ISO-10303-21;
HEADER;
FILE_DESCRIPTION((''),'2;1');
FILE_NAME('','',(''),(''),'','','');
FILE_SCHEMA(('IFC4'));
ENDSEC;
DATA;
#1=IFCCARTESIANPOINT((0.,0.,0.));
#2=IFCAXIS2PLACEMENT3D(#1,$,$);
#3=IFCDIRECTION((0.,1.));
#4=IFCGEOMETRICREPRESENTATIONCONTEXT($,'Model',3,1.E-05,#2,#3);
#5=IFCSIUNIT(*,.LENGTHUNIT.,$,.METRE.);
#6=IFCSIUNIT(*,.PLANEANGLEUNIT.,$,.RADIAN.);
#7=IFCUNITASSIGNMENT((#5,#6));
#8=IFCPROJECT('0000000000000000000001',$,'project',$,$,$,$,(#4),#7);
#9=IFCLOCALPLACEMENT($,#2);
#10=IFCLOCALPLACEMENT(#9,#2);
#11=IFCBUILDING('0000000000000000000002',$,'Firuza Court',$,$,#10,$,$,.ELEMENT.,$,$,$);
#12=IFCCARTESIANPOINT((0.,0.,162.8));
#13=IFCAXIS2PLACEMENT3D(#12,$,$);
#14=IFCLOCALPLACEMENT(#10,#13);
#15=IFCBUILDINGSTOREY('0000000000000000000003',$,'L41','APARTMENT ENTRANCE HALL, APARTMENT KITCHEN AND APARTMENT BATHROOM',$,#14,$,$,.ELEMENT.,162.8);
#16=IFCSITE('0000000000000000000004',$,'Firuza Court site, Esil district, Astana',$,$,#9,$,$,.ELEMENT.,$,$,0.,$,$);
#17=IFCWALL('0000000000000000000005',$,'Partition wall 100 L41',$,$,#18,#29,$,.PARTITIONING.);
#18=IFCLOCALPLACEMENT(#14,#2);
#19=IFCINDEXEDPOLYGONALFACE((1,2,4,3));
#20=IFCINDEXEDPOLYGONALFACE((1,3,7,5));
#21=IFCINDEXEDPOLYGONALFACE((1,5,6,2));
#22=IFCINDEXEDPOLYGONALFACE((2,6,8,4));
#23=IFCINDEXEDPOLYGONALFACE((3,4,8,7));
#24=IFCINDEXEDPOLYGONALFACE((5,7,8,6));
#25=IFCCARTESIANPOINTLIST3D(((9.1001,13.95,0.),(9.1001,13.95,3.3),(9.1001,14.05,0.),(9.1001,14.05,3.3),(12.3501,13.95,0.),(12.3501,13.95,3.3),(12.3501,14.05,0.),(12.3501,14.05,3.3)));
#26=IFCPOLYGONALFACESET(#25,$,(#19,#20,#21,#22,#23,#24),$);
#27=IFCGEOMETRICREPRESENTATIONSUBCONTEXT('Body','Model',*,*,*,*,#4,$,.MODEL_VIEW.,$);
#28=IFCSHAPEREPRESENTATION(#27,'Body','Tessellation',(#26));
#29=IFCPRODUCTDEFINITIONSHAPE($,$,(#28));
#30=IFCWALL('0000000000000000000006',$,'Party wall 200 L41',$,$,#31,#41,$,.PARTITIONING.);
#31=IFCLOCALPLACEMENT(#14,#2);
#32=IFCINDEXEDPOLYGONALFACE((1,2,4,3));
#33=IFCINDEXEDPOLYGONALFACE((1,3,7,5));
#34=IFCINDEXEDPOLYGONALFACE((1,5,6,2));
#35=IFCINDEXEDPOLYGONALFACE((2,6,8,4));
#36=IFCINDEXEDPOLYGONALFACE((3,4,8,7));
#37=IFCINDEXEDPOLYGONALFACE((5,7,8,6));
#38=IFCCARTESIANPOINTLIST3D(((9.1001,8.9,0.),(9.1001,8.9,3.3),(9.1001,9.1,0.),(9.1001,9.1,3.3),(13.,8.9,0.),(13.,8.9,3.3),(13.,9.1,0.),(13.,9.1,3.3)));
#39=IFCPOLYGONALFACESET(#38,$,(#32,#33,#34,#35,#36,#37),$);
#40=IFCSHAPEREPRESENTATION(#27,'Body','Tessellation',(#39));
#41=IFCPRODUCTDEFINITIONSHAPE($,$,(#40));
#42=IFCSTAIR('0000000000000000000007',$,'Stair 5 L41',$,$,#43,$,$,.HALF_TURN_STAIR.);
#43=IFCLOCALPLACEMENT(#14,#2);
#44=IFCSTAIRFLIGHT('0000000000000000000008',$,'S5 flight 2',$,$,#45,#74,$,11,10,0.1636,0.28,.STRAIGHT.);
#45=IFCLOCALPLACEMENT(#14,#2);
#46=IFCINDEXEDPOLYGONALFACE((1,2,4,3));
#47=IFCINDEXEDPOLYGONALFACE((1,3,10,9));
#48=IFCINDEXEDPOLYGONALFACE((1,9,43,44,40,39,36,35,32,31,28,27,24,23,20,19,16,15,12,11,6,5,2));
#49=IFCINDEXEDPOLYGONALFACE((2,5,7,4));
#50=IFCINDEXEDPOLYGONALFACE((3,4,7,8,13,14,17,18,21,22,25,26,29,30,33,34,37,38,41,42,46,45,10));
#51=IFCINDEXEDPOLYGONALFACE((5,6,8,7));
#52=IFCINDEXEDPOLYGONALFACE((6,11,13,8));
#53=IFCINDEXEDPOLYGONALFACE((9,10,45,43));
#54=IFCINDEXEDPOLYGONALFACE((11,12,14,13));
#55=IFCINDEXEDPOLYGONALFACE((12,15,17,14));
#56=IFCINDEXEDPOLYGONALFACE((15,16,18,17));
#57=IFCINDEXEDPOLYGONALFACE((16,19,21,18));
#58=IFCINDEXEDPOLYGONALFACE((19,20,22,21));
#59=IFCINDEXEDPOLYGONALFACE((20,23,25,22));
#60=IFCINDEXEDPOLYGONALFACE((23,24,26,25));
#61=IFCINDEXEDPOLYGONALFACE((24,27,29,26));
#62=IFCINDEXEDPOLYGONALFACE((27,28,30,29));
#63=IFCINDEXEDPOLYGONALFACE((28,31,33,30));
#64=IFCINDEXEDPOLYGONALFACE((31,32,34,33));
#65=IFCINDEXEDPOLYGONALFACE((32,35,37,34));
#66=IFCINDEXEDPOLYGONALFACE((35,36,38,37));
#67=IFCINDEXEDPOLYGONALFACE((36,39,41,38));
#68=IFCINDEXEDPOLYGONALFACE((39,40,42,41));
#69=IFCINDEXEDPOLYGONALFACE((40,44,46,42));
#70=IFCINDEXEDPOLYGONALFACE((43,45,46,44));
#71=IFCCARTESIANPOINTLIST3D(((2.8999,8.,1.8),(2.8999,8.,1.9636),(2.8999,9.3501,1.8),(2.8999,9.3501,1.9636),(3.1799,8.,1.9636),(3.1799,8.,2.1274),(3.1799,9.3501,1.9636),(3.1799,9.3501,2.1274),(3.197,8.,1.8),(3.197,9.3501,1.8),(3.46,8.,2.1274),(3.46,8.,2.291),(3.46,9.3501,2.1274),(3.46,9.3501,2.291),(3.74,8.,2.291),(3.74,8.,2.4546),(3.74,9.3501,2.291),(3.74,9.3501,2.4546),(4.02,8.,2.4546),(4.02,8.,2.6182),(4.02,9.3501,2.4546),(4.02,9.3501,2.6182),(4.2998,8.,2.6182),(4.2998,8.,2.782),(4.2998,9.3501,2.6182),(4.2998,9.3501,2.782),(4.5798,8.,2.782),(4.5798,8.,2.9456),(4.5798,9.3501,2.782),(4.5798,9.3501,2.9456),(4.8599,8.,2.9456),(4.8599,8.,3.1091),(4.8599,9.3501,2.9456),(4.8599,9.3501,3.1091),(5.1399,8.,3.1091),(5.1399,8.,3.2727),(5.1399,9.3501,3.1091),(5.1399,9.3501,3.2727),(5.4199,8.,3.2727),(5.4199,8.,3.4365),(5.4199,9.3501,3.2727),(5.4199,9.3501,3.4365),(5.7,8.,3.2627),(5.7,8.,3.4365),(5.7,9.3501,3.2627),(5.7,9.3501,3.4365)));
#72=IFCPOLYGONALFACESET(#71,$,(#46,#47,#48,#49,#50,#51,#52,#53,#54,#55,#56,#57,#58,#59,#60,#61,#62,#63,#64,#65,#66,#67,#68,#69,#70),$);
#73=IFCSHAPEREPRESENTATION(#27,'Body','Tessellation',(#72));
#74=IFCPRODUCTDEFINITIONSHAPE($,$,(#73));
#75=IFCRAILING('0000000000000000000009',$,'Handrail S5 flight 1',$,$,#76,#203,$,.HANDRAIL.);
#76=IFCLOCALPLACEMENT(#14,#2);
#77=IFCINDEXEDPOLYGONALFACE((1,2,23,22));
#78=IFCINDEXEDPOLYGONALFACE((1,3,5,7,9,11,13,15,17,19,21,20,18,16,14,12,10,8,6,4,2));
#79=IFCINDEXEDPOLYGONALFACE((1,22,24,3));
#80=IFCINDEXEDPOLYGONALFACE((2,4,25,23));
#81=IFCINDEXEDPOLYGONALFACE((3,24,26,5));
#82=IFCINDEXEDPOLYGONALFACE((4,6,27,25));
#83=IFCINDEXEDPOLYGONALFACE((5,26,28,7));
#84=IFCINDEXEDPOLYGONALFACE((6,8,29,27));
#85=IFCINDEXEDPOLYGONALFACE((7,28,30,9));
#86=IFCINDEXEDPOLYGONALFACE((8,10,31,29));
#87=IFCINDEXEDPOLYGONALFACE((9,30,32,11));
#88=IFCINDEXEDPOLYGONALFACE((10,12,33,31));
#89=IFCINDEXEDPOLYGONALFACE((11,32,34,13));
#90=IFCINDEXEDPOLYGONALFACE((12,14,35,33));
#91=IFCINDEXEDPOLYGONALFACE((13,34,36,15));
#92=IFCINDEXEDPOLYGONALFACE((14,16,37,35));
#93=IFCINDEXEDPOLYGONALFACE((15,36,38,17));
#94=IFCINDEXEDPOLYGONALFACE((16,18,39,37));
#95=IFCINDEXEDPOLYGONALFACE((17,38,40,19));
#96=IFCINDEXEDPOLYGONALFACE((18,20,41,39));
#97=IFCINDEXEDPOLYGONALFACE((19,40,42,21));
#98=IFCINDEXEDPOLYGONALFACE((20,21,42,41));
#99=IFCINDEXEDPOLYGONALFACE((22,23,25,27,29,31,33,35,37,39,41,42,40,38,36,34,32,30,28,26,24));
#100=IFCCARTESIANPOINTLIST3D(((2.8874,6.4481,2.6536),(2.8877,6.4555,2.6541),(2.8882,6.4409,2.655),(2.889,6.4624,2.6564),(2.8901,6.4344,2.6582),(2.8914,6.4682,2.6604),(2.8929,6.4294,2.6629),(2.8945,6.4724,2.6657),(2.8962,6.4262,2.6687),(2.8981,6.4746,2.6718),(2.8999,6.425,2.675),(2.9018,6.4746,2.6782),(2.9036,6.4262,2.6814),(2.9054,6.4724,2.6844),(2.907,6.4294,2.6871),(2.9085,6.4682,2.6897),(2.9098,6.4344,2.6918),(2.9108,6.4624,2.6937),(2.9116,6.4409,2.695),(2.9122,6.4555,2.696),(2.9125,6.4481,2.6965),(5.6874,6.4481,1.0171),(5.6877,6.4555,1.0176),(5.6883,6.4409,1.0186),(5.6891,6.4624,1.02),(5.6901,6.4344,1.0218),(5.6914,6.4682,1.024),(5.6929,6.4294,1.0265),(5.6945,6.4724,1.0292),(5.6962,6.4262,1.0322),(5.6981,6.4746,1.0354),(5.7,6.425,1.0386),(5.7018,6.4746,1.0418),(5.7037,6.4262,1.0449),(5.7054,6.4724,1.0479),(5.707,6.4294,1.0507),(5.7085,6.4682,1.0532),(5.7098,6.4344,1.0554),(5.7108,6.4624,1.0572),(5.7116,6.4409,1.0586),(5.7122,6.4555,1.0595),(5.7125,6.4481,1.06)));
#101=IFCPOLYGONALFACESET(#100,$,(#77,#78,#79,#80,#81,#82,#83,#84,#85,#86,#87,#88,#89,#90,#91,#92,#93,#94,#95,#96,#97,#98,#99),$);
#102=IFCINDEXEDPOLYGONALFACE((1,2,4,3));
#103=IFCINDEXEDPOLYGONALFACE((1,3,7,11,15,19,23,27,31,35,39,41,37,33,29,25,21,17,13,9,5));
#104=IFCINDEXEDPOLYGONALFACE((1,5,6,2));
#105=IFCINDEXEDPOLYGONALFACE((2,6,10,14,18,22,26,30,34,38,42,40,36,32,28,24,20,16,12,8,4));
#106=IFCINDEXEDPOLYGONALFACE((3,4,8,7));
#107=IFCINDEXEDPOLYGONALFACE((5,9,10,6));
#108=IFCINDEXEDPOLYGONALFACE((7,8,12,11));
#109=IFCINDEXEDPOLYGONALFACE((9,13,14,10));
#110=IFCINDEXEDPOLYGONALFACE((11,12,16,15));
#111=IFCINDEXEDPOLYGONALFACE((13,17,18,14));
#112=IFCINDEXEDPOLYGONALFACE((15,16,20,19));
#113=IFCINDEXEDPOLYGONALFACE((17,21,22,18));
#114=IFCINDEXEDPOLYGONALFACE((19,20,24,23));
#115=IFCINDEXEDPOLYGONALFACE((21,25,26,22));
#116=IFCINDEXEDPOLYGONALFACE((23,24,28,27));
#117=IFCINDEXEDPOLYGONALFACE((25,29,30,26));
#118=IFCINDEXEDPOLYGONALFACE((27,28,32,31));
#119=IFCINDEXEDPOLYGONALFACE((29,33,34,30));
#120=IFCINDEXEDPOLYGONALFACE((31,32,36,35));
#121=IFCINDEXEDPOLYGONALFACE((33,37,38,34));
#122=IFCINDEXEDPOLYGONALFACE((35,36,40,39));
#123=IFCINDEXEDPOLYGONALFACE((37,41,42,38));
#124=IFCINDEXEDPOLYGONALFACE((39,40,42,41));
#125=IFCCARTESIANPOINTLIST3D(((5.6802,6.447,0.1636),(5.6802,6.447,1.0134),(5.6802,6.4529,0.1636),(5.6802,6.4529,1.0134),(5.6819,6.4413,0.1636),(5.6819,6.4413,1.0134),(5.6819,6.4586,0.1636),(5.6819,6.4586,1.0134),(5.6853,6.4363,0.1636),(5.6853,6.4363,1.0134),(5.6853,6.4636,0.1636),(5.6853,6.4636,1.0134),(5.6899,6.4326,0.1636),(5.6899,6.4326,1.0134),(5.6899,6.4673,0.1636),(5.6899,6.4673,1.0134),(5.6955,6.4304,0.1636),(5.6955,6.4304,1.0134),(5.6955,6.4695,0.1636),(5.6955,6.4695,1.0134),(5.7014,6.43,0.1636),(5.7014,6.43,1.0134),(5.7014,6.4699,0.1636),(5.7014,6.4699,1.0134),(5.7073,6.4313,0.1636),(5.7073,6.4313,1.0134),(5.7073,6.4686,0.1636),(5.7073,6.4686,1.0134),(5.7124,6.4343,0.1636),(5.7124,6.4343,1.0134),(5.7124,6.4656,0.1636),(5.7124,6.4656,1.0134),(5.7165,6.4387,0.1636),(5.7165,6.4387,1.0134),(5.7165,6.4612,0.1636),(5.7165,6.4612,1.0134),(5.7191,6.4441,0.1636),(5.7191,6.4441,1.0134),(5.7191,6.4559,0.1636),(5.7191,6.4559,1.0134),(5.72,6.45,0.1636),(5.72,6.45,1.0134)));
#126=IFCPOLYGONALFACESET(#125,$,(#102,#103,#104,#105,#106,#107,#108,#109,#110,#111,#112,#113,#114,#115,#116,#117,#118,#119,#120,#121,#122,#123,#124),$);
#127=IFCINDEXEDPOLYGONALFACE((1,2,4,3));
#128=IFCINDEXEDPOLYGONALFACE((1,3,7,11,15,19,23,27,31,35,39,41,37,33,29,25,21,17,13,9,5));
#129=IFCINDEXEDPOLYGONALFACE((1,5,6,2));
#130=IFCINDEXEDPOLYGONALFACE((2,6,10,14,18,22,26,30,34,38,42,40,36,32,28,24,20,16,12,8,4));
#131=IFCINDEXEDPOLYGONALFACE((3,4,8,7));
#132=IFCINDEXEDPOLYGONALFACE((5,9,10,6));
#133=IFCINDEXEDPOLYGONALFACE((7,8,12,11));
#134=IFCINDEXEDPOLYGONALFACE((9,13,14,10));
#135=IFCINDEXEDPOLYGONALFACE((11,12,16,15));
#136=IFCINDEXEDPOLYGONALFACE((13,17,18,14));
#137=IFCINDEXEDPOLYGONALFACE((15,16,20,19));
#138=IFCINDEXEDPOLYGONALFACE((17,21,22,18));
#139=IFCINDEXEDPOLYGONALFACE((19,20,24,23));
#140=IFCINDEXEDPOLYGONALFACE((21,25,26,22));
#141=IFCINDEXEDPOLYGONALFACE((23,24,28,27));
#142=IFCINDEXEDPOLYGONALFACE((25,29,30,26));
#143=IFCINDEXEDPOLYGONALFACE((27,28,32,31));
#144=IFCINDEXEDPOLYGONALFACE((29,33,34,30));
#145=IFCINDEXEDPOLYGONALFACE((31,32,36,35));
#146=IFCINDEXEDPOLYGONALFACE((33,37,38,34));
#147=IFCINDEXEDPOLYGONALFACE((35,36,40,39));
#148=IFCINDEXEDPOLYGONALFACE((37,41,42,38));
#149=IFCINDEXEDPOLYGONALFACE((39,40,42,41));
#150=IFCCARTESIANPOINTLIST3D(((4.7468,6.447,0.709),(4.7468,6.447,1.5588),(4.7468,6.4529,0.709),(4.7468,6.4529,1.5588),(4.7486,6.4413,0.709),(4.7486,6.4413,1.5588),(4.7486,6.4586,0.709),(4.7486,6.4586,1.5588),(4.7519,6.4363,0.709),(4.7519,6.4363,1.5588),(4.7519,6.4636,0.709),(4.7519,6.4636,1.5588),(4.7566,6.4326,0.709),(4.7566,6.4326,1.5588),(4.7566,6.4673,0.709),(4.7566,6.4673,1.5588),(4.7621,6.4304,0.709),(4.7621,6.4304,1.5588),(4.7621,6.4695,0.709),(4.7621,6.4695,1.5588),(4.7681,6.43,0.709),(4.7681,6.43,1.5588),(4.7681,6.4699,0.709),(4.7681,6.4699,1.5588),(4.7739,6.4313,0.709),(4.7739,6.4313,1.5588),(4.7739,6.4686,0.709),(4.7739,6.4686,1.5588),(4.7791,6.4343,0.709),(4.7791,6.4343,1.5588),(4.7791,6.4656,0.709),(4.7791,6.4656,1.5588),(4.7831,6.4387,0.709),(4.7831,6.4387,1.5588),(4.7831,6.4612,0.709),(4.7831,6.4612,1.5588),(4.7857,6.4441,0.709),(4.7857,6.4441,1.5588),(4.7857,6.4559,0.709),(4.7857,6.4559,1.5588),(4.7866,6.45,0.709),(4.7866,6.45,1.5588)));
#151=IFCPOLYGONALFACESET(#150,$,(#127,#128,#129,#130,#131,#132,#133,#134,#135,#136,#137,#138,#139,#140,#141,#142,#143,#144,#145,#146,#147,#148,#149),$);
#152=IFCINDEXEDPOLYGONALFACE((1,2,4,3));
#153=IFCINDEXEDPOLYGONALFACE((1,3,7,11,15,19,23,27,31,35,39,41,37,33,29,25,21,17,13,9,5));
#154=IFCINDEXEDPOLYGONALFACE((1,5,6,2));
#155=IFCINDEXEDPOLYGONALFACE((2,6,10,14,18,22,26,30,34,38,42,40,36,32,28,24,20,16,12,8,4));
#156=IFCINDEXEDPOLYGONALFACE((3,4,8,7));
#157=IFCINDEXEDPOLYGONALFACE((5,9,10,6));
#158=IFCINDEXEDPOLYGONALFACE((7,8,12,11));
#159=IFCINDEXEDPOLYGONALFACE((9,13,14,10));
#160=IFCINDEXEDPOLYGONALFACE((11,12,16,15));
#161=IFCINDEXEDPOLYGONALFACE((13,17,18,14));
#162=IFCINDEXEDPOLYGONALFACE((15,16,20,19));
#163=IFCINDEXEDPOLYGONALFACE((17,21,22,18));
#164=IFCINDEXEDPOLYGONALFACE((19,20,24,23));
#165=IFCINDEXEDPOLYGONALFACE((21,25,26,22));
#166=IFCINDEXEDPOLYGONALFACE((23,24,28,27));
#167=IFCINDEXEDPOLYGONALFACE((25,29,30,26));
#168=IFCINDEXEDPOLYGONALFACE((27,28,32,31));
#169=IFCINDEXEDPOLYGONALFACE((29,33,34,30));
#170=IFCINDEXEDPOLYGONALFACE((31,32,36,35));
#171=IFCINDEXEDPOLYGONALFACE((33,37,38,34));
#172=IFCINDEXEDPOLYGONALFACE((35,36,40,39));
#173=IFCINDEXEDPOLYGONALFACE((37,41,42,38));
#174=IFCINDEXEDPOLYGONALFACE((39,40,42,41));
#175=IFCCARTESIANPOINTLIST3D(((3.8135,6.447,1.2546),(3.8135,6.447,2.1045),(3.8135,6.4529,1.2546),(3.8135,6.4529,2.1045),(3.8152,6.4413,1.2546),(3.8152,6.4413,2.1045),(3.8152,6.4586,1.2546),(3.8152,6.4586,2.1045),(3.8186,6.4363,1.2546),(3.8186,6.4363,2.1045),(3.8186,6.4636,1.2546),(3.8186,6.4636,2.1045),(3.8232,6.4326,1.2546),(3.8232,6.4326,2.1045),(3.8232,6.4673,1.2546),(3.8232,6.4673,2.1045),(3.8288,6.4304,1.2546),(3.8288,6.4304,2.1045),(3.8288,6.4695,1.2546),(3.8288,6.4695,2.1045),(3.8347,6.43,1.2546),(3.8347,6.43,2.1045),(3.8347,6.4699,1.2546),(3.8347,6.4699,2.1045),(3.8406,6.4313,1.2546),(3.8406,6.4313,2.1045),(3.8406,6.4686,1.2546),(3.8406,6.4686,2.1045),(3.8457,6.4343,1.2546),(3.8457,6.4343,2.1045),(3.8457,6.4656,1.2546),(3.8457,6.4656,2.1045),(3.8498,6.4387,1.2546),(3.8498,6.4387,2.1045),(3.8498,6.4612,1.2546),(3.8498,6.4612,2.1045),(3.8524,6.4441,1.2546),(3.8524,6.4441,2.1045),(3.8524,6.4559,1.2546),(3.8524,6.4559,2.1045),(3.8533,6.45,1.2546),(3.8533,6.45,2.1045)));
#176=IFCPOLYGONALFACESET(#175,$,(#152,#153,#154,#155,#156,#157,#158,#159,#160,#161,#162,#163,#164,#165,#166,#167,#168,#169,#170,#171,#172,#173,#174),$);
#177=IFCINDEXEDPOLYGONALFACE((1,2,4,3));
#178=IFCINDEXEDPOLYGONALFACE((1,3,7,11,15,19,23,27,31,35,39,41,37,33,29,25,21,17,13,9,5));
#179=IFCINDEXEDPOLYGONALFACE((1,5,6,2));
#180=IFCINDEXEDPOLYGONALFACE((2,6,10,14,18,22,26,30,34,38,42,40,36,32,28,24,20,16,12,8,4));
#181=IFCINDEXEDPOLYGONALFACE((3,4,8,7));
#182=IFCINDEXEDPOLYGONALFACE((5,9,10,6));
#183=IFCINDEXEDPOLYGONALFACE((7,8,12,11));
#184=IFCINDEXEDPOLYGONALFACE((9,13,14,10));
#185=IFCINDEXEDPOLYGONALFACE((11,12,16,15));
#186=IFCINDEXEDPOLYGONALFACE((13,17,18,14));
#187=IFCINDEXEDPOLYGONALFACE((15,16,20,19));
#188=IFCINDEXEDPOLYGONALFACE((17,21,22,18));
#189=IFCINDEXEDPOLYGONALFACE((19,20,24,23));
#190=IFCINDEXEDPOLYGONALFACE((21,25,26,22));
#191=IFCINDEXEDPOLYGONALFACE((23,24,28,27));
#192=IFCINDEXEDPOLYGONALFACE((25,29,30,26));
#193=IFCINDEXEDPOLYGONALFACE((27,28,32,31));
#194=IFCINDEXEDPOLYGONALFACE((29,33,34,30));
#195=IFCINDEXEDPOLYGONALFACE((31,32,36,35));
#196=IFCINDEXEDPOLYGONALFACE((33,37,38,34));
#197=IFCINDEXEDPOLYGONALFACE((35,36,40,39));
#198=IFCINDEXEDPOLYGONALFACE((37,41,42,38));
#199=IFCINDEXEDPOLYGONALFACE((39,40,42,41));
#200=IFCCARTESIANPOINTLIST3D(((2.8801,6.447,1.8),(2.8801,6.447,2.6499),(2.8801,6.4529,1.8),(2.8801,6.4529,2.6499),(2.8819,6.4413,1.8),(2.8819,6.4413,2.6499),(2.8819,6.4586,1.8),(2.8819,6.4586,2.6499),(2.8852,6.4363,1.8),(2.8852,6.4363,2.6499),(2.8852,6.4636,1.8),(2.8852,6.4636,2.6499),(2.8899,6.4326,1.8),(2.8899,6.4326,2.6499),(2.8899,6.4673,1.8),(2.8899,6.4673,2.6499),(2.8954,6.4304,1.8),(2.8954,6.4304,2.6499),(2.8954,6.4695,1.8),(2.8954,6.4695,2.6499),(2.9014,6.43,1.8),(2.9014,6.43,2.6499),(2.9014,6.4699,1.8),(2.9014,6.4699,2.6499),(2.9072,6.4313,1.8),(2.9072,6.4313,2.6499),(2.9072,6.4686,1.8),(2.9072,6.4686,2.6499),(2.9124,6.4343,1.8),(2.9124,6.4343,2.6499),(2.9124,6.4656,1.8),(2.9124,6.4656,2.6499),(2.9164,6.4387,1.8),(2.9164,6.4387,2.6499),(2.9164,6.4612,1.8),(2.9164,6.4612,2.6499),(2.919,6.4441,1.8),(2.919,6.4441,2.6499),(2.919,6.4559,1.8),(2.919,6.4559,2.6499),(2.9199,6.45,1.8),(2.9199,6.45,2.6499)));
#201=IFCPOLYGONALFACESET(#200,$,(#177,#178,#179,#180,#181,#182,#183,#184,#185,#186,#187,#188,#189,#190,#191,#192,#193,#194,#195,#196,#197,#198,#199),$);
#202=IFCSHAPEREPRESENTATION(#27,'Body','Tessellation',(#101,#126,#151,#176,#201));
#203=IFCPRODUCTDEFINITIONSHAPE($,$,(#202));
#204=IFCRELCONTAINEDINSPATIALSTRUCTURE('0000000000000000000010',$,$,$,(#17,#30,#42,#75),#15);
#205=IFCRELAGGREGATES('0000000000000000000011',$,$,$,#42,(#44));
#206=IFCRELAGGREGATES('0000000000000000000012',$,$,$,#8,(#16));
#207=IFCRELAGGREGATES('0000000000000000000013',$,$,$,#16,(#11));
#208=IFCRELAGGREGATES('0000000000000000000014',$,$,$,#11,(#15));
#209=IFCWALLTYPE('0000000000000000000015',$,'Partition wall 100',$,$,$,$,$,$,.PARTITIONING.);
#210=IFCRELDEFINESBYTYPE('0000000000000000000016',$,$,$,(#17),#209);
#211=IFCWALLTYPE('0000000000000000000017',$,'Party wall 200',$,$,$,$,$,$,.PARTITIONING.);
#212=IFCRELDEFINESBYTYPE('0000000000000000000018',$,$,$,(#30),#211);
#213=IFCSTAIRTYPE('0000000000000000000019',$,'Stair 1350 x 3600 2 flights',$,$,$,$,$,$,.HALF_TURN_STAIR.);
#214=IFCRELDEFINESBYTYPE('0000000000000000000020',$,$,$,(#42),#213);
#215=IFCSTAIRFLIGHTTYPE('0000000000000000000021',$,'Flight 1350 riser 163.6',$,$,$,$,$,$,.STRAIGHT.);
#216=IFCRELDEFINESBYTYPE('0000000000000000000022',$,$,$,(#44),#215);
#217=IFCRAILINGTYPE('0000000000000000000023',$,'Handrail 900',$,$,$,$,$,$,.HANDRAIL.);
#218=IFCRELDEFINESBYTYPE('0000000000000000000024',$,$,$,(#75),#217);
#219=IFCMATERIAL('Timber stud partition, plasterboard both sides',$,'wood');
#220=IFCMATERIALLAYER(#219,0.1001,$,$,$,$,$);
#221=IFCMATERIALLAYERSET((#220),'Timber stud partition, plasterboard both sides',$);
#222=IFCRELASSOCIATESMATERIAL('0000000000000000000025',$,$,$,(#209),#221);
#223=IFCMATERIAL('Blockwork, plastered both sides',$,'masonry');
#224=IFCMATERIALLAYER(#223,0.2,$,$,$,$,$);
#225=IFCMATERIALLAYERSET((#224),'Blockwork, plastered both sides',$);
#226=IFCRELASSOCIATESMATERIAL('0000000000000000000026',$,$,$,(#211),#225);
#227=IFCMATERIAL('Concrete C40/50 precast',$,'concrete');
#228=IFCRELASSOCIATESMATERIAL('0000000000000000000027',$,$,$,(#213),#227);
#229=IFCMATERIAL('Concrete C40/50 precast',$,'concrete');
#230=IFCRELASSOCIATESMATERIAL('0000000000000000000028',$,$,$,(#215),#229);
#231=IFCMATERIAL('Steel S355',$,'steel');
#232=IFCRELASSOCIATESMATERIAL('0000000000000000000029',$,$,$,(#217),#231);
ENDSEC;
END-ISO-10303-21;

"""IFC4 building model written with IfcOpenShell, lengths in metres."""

from ifc_helpers import new_model, si_unit, direction, frame, frame_2d, origin, origin_2d, place, context, subcontext, project, spatial, polyline, rectangle, circle, outline, extrude, material, layer, layer_set, type_object, element, aggregate, save


model = new_model("IFC4")

# Units and contexts
model_context = context("Model", 3, precision=1e-05, world=origin(), true_north=direction((0.0, 1.0)))
body_context = subcontext(model_context, "Body", "Model", "MODEL_VIEW")
ifc_project = project(units=[si_unit("LENGTHUNIT", "METRE"), si_unit("PLANEANGLEUNIT", "RADIAN")], contexts=[model_context])

# Site, building, storey
site_placement = place(None, origin())
site = spatial("IfcSite", under=ifc_project, at=site_placement, Name="Firuza Court site, Esil district, Astana", CompositionType="ELEMENT", RefElevation=0.0)
building_placement = place(site_placement, origin())
building = spatial("IfcBuilding", under=site, at=building_placement, Name="Firuza Court", CompositionType="ELEMENT")
storey_placement = place(building_placement, frame((0.0, 0.0, 162.8)))
storey = spatial("IfcBuildingStorey", under=building, at=storey_placement, Name="L41", Description="APARTMENT ENTRANCE HALL, APARTMENT KITCHEN AND APARTMENT BATHROOM", CompositionType="ELEMENT", Elevation=162.8)

# Shared definitions
ifc_material_1 = material(Name="Blockwork, plastered both sides", Category="masonry")

# Walls
ifc_material_2 = material(Name="Timber stud partition, plasterboard both sides", Category="wood")
ifc_layer_1 = layer(ifc_material_2, 0.1001)
ifc_layer_set_1 = layer_set([ifc_layer_1], Name="Timber stud partition, plasterboard both sides")
wall_type_1 = type_object("IfcWallType", Name="Partition wall 100", PredefinedType="PARTITIONING", material=ifc_layer_set_1)
wall_1_placement = place(storey_placement, frame((9.1001, 14.0, 0.0), z_axis=(0.0, 0.0, 1.0), x_axis=(1.0, 0.0, 0.0)))
element("IfcWall", 1, at=wall_1_placement, inside=storey, type_object=wall_type_1, Name="Partition wall 100 L41", PredefinedType="PARTITIONING", context=body_context, shape_type="SweptSolid", body=[
    extrude(rectangle(XDim=3.25, YDim=0.1001, at=frame_2d((1.625, 0.0))), origin(), (0.0, 0.0, 1.0), 3.3),
])
ifc_layer_2 = layer(ifc_material_1, 0.2)
ifc_layer_set_2 = layer_set([ifc_layer_2], Name="Blockwork, plastered both sides")
wall_type_2 = type_object("IfcWallType", Name="Party wall 200", PredefinedType="PARTITIONING", material=ifc_layer_set_2)
wall_2_placement = place(storey_placement, frame((9.1001, 9.0, 0.0), z_axis=(0.0, 0.0, 1.0), x_axis=(1.0, 0.0, 0.0)))
element("IfcWall", 2, at=wall_2_placement, inside=storey, type_object=wall_type_2, Name="Party wall 200 L41", PredefinedType="PARTITIONING", context=body_context, shape_type="SweptSolid", body=[
    extrude(rectangle(XDim=3.8999, YDim=0.2, at=frame_2d((1.95, 0.0))), origin(), (0.0, 0.0, 1.0), 3.3),
])

# Stair, stair flight
ifc_material_3 = material(Name="Concrete C40/50 precast", Category="concrete")
stair_type = type_object("IfcStairType", Name="Stair 1350 x 3600 2 flights", PredefinedType="HALF_TURN_STAIR", material=ifc_material_3)
stair_placement = place(storey_placement, origin())
stair = element("IfcStair", 3, at=stair_placement, inside=storey, type_object=stair_type, Name="Stair 5 L41", PredefinedType="HALF_TURN_STAIR")
ifc_material_4 = material(Name="Concrete C40/50 precast", Category="concrete")
stair_flight_type = type_object("IfcStairFlightType", Name="Flight 1350 riser 163.6", PredefinedType="STRAIGHT", material=ifc_material_4)
stair_flight_placement = place(storey_placement, frame((2.8999, 8.675, 1.8), z_axis=(0.0, 0.0, 1.0), x_axis=(1.0, 0.0, 0.0)))
stair_flight = element("IfcStairFlight", 4, at=stair_flight_placement, type_object=stair_flight_type, Name="S5 flight 2", NumberOfRisers=11, NumberOfTreads=10, PredefinedType="STRAIGHT", RiserHeight=0.1636, TreadLength=0.28, context=body_context, shape_type="SweptSolid", body=[
    extrude(outline(polyline([(0.0, 0.0), (0.0, 0.1636), (0.28, 0.1636), (0.28, 0.3274), (0.5601, 0.3274), (0.5601, 0.491), (0.8401, 0.491), (0.8401, 0.6545), (1.1201, 0.6545), (1.1201, 0.8181), (1.3999, 0.8181), (1.3999, 0.9819), (1.6799, 0.9819), (1.6799, 1.1455), (1.96, 1.1455), (1.96, 1.3091), (2.24, 1.3091), (2.24, 1.4727), (2.52, 1.4727), (2.52, 1.6365), (2.8, 1.6365), (2.8, 1.8), (2.8, 1.4626), (0.2971, 0.0), (0.0, 0.0)])), frame((0.0, 0.675, 0.0), z_axis=(0.0, -1.0, 0.0), x_axis=(1.0, 0.0, 0.0)), (0.0, 0.0, 1.0), 1.3501),
])
aggregate(stair, [stair_flight])

# Railing
ifc_material_5 = material(Name="Steel S355", Category="steel")
railing_type_1 = type_object("IfcRailingType", Name="Handrail 900", PredefinedType="HANDRAIL", material=ifc_material_5)
railing_1_placement = place(storey_placement, frame((5.7, 6.45, 0.1636)))
element("IfcRailing", 5, at=railing_1_placement, inside=storey, type_object=railing_type_1, Name="Handrail S5 flight 1", PredefinedType="HANDRAIL", context=body_context, shape_type="SweptSolid", body=[
    extrude(circle(Radius=0.0249, at=origin_2d()), frame((0.0, 0.0, 0.875), z_axis=(-0.863361, 0.0, 0.504587), x_axis=(0.0, -1.0, 0.0)), (0.0, 0.0, 1.0), 3.2432),
    extrude(circle(Radius=0.02, at=origin_2d()), origin(), (0.0, 0.0, 1.0), 0.8499),
    extrude(circle(Radius=0.02, at=origin_2d()), frame((-0.9333, 0.0, 0.5454)), (0.0, 0.0, 1.0), 0.8499),
    extrude(circle(Radius=0.02, at=origin_2d()), frame((-1.8667, 0.0, 1.0911)), (0.0, 0.0, 1.0), 0.8499),
    extrude(circle(Radius=0.02, at=origin_2d()), frame((-2.8, 0.0, 1.6365)), (0.0, 0.0, 1.0), 0.8499),
])

save(model, "model.ifc")
